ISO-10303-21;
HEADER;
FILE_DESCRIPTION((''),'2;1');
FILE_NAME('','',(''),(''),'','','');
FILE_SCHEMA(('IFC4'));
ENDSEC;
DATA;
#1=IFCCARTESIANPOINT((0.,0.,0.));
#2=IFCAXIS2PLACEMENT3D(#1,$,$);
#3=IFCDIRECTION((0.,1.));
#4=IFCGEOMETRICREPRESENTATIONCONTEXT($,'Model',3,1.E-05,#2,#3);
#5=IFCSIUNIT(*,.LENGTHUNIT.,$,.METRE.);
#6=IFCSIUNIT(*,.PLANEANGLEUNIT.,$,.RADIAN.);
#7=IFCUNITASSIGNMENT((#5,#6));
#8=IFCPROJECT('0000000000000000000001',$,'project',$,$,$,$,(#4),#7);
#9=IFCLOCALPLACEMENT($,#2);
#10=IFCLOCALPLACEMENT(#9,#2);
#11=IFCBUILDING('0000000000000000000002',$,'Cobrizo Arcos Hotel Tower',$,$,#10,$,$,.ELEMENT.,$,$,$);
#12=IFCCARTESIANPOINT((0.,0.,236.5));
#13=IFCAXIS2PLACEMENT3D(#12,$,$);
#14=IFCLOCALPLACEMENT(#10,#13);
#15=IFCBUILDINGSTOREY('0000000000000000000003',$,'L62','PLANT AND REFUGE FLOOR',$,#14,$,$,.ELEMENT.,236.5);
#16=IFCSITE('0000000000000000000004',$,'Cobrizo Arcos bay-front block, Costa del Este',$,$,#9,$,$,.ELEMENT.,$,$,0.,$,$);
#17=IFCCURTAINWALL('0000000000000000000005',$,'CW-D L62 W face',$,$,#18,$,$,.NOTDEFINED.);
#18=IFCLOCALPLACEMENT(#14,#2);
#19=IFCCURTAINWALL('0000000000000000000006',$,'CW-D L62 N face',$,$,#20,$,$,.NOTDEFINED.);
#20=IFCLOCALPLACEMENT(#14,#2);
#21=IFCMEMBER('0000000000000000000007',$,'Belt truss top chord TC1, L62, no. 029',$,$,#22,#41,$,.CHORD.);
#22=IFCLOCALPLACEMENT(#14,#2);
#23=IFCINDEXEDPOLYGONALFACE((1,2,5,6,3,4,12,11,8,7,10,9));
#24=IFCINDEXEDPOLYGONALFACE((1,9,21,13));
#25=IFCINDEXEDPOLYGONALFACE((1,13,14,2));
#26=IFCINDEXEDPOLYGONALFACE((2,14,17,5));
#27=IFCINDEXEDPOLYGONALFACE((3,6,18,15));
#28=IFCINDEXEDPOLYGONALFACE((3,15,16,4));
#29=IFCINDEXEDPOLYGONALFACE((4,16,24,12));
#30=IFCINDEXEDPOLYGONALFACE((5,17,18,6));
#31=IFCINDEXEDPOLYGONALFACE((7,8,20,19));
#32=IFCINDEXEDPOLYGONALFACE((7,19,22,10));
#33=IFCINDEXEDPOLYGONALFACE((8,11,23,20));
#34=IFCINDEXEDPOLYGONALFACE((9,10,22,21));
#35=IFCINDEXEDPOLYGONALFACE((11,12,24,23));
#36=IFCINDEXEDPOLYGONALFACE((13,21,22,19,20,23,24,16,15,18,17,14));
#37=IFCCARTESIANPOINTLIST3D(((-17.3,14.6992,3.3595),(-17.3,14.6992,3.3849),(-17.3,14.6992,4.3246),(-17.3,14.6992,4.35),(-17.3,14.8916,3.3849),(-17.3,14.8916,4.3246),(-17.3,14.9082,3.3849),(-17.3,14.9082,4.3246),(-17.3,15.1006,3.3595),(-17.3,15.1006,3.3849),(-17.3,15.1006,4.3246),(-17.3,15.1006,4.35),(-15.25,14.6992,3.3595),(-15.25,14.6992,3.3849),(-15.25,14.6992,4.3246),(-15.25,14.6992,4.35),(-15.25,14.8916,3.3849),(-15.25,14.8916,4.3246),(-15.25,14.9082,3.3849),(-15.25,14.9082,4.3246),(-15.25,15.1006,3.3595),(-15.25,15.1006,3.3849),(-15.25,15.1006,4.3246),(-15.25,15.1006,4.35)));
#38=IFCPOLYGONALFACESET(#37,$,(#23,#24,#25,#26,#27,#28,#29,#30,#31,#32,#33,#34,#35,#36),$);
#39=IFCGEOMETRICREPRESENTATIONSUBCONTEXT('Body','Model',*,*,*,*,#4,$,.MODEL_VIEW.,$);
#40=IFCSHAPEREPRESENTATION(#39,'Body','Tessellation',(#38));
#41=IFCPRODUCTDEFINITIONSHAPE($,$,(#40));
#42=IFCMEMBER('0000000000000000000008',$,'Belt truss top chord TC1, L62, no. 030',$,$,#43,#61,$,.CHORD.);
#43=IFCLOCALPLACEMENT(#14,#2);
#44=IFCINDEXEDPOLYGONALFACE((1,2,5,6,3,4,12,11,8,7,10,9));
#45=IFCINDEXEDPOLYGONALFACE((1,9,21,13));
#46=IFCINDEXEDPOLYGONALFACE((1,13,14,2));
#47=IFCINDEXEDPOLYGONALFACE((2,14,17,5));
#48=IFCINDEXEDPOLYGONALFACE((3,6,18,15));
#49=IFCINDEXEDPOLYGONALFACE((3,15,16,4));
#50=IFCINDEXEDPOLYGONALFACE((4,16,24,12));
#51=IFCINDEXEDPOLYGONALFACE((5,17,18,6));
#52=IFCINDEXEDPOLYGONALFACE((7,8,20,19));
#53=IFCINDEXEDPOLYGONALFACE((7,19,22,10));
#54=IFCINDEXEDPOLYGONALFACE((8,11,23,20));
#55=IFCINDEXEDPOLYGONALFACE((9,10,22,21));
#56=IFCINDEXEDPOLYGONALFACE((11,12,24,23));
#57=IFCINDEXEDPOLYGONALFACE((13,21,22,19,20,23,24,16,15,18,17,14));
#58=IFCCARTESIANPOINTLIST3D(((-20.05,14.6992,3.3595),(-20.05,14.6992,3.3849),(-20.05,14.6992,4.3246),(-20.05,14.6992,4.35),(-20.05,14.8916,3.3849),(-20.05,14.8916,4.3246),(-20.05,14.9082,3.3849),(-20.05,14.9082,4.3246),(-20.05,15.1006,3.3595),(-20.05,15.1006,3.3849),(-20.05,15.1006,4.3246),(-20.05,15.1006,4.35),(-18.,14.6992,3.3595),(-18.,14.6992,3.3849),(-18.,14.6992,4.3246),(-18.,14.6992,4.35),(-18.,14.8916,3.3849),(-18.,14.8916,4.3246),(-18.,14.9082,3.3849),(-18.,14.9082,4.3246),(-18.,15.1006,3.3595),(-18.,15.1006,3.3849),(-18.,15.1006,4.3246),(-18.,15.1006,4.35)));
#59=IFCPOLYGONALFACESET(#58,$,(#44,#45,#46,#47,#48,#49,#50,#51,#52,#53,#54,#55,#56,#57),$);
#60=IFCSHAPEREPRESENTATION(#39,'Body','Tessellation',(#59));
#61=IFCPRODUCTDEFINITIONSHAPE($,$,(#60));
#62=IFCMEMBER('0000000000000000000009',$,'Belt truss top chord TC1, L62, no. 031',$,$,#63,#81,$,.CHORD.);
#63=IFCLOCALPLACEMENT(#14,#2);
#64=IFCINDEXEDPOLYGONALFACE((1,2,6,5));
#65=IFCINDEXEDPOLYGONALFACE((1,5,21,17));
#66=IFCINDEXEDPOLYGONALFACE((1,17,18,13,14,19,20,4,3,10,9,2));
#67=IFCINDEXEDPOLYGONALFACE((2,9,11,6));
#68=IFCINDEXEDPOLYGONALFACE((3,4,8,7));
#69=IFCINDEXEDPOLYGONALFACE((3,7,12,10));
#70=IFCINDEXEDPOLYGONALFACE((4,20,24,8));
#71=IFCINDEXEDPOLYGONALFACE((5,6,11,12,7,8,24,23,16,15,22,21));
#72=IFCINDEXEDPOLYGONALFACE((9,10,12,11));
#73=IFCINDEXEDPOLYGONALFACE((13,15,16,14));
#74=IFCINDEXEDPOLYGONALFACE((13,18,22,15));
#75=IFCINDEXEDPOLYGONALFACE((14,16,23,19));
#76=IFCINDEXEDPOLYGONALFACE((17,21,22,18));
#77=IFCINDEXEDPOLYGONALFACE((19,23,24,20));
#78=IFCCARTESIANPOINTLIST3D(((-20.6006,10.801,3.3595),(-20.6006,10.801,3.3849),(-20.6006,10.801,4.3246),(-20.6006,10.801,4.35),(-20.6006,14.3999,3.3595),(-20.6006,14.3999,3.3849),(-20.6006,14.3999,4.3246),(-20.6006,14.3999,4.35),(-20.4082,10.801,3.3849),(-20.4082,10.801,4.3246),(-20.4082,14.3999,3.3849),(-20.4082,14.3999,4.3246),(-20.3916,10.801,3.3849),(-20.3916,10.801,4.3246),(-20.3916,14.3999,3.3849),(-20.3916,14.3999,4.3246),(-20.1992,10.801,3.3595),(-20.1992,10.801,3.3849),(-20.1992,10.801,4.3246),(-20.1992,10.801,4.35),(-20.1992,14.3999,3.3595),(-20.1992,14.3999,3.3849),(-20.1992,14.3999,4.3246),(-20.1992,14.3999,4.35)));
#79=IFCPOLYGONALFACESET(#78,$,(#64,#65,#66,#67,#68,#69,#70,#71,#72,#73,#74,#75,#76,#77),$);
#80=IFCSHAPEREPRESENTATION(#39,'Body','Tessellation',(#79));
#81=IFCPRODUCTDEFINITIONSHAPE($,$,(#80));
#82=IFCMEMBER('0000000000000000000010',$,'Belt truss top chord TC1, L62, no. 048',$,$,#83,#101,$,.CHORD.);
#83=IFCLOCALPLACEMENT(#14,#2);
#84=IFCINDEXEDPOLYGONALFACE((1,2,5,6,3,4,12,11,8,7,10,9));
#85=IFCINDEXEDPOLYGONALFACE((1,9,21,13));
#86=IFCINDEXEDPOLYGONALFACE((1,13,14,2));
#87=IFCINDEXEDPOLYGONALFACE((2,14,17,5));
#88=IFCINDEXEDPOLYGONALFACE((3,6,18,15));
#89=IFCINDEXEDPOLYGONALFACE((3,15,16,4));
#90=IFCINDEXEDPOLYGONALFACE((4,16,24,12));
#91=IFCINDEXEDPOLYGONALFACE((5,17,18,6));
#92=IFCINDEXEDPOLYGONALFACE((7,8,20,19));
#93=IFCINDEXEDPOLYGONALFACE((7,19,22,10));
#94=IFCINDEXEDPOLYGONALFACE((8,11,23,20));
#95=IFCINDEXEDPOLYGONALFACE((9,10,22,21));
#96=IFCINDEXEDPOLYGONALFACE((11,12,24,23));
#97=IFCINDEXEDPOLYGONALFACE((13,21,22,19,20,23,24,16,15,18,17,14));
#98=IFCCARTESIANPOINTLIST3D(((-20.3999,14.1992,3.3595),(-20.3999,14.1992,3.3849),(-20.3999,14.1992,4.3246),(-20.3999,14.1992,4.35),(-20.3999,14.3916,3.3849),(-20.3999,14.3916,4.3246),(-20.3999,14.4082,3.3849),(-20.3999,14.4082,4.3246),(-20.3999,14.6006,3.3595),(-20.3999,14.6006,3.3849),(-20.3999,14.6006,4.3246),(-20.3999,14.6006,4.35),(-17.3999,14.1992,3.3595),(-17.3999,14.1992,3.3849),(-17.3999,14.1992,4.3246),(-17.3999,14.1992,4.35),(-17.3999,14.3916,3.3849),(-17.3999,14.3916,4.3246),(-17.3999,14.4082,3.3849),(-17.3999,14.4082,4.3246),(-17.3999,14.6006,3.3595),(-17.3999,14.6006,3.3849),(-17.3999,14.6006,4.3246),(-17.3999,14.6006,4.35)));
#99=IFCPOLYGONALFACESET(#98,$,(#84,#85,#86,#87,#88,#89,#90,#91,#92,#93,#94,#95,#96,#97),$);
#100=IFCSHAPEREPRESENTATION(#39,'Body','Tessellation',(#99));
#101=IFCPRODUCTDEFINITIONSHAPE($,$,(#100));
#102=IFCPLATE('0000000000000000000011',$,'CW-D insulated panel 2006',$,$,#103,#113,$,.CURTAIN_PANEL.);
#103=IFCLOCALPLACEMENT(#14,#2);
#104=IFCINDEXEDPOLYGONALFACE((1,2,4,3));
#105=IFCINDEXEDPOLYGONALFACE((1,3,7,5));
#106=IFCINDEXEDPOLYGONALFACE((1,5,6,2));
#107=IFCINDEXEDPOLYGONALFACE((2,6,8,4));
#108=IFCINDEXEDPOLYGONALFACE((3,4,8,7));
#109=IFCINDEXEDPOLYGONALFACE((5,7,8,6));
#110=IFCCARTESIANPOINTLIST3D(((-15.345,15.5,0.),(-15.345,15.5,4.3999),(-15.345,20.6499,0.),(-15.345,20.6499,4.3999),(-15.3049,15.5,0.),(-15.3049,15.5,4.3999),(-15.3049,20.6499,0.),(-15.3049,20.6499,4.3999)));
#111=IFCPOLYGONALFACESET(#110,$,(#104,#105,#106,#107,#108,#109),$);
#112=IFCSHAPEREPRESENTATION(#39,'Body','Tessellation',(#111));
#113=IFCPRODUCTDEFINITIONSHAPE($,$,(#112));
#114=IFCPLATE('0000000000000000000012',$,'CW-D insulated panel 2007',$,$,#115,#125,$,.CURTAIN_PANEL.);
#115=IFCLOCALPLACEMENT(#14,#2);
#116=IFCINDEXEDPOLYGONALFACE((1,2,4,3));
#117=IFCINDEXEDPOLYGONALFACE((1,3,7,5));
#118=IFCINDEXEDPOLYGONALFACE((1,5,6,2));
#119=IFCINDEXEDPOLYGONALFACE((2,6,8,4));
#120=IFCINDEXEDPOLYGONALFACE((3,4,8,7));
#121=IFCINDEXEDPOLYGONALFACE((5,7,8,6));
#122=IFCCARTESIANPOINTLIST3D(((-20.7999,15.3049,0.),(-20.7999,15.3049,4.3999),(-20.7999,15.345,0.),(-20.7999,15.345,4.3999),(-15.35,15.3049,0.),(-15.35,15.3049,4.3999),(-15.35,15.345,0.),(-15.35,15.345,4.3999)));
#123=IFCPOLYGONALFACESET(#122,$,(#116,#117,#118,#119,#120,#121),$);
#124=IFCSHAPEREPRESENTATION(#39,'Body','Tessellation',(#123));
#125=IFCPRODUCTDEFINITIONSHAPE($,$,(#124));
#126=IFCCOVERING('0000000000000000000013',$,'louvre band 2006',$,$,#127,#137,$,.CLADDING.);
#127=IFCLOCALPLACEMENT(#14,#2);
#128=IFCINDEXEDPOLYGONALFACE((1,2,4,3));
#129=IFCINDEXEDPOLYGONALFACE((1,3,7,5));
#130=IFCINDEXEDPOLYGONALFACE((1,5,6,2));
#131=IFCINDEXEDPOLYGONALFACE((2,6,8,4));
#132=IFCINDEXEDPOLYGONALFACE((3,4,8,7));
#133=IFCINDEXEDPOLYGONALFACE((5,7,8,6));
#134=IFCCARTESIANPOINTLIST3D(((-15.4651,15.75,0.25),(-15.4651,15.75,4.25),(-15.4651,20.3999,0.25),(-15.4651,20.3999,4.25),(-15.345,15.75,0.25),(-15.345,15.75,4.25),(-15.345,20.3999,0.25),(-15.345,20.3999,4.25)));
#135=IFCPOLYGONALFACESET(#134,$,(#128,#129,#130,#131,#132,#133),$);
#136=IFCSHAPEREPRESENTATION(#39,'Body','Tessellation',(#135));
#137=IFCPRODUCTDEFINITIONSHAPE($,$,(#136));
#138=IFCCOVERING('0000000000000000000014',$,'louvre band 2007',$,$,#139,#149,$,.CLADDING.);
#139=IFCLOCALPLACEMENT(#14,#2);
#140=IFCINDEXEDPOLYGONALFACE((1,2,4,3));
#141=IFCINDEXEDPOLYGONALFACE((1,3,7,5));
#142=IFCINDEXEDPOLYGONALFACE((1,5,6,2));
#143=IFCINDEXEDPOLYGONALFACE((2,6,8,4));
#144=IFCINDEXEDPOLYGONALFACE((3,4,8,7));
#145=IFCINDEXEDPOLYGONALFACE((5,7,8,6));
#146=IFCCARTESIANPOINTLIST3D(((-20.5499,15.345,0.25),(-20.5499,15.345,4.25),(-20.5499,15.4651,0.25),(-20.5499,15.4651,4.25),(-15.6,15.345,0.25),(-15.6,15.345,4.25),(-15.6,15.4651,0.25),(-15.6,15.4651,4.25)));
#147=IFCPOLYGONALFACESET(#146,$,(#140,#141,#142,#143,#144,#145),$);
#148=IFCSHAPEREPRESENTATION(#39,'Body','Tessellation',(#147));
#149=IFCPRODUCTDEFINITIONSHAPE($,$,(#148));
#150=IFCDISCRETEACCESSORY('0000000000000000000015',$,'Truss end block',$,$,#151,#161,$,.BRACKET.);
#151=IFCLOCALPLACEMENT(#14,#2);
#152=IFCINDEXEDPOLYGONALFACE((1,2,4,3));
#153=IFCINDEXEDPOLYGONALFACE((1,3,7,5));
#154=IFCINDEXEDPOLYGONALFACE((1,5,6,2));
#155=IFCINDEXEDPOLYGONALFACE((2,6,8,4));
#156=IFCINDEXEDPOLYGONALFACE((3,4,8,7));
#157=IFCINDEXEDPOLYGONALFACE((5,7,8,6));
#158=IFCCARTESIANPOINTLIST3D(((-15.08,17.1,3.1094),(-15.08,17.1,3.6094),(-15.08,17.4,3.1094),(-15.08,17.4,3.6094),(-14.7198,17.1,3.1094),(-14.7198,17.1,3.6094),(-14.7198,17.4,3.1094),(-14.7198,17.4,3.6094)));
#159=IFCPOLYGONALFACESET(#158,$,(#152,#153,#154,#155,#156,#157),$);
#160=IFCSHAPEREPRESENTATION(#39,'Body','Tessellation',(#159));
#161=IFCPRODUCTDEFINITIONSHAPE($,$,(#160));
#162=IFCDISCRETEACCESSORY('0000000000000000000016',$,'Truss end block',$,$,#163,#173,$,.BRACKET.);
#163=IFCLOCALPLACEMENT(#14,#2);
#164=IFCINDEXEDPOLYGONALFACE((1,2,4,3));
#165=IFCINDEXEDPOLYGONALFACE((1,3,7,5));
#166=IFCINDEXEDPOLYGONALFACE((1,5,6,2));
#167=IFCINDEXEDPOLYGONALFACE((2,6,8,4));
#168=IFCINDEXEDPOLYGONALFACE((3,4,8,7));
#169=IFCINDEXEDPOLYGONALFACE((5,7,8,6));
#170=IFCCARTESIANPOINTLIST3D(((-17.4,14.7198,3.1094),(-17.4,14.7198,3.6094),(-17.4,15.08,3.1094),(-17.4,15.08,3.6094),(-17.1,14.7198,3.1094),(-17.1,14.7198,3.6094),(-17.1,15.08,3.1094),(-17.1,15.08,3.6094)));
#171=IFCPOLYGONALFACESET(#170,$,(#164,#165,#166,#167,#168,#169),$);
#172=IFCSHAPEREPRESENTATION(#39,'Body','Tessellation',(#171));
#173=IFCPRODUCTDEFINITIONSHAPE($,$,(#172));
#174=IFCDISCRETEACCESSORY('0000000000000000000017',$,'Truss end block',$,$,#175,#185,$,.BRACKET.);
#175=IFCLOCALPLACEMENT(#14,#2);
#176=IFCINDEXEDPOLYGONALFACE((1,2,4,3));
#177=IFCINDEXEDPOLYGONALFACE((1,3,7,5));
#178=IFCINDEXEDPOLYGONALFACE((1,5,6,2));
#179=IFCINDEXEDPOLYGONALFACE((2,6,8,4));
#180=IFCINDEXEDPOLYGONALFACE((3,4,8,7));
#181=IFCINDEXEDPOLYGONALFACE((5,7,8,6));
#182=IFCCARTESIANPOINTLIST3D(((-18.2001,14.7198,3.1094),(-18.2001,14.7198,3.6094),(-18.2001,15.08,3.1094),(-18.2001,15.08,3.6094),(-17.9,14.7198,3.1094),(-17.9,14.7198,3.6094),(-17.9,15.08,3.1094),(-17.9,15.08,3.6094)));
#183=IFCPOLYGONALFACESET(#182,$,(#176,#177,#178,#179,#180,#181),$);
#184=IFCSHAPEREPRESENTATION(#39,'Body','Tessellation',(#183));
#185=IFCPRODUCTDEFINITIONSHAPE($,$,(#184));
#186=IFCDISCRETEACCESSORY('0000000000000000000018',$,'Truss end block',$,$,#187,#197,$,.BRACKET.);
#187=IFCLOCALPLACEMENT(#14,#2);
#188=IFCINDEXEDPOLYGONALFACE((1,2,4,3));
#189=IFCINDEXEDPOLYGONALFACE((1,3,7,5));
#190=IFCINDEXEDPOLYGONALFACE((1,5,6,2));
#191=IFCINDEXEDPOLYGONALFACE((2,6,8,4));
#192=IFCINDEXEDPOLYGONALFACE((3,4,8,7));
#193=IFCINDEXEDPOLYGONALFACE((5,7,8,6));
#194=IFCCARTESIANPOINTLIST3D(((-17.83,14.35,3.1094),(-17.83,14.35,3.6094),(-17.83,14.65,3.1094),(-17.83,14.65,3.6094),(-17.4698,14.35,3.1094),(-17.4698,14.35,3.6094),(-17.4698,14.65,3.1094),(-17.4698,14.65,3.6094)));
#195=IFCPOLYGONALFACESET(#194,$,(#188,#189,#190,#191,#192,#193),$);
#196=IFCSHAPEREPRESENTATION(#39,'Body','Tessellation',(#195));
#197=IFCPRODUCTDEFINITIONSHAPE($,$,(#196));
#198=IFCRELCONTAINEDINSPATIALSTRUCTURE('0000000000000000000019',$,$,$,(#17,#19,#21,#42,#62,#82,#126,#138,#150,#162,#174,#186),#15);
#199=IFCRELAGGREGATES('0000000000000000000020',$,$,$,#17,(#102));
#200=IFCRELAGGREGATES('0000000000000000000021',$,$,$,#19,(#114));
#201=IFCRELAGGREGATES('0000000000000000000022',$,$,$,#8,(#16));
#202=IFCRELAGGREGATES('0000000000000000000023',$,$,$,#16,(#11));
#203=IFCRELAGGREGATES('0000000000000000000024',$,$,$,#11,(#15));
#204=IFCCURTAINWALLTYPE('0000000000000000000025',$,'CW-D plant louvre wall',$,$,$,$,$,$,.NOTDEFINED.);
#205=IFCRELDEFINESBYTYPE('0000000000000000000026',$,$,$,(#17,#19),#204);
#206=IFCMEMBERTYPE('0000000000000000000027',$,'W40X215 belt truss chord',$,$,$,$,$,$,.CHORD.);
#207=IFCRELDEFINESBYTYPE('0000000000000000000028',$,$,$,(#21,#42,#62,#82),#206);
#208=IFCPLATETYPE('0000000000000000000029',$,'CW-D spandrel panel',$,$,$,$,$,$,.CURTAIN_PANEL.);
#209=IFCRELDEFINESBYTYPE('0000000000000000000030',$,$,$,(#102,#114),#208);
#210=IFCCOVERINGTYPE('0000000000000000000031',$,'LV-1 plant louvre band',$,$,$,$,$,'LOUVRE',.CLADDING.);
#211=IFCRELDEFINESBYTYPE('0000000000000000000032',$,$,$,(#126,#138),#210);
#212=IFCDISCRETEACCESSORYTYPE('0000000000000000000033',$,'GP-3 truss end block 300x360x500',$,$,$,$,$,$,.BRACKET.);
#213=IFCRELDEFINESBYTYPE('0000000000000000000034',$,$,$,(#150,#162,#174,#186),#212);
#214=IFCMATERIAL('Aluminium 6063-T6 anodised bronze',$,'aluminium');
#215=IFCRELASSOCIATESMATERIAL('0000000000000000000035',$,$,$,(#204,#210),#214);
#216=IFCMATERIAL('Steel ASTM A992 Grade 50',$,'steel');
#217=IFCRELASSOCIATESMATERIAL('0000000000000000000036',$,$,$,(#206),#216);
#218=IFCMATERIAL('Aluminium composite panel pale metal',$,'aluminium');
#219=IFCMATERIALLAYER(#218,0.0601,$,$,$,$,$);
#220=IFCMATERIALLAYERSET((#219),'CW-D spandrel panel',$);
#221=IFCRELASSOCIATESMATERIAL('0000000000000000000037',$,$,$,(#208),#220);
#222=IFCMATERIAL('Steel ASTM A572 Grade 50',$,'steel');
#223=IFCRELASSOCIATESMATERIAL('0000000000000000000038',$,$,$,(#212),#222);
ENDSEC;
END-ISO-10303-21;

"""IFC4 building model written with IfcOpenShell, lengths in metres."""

from ifc_helpers import new_model, si_unit, direction, frame, origin, origin_2d, place, context, subcontext, project, spatial, rectangle, i_section, extrude, material, layer, layer_set, material_profile, profile_set, type_object, element, aggregate, save


model = new_model("IFC4")

# Units and contexts
model_context = context("Model", 3, precision=1e-05, world=origin(), true_north=direction((0.0, 1.0)))
body_context = subcontext(model_context, "Body", "Model", "MODEL_VIEW")
ifc_project = project(units=[si_unit("LENGTHUNIT", "METRE"), si_unit("PLANEANGLEUNIT", "RADIAN")], contexts=[model_context])

# Site, building, storey
site_placement = place(None, origin())
site = spatial("IfcSite", under=ifc_project, at=site_placement, Name="Cobrizo Arcos bay-front block, Costa del Este", CompositionType="ELEMENT", RefElevation=0.0)
building_placement = place(site_placement, origin())
building = spatial("IfcBuilding", under=site, at=building_placement, Name="Cobrizo Arcos Hotel Tower", CompositionType="ELEMENT")
storey_placement = place(building_placement, frame((0.0, 0.0, 236.5)))
storey = spatial("IfcBuildingStorey", under=building, at=storey_placement, Name="L62", Description="PLANT AND REFUGE FLOOR", CompositionType="ELEMENT", Elevation=236.5)

# Shared definitions
ifc_material_1 = material(Name="Aluminium 6063-T6 anodised bronze", Category="aluminium")
curtain_wall_type = type_object("IfcCurtainWallType", Name="CW-D plant louvre wall", PredefinedType="NOTDEFINED", material=ifc_material_1)

# Curtain walls
curtain_wall_1_placement = place(storey_placement, origin())
curtain_wall_1 = element("IfcCurtainWall", 1, at=curtain_wall_1_placement, inside=storey, type_object=curtain_wall_type, Name="CW-D L62 W face", PredefinedType="NOTDEFINED")
curtain_wall_2_placement = place(storey_placement, origin())
curtain_wall_2 = element("IfcCurtainWall", 2, at=curtain_wall_2_placement, inside=storey, type_object=curtain_wall_type, Name="CW-D L62 N face", PredefinedType="NOTDEFINED")

# Members
ifc_material_2 = material(Name="Steel ASTM A992 Grade 50", Category="steel")
ifc_material_profile_1 = material_profile(ifc_material_2, i_section(OverallWidth=0.4014, OverallDepth=0.9905, WebThickness=0.0166, FlangeThickness=0.0254, at=origin_2d()), Name="W40X215")
ifc_profile_set_1 = profile_set([ifc_material_profile_1], Name="Steel ASTM A992 Grade 50")
member_type_1 = type_object("IfcMemberType", Name="W40X215 belt truss chord", PredefinedType="CHORD", material=ifc_profile_set_1)
for number, where, z_axis, x_axis, name in (
    (3, (-15.25, 14.8999, 3.8547), (-1.0, 0.0, 0.0), (0.0, -1.0, 0.0), "Belt truss top chord TC1, L62, no. 029"),
    (4, (-18.0, 14.8999, 3.8547), (-1.0, 0.0, 0.0), (0.0, -1.0, 0.0), "Belt truss top chord TC1, L62, no. 030"),
):
    element("IfcMember", number, at=place(storey_placement, frame(where, z_axis=z_axis, x_axis=x_axis)), inside=storey, type_object=member_type_1, Name=name, PredefinedType="CHORD", context=body_context, shape_type="SweptSolid", body=[
        extrude(i_section(OverallWidth=0.4014, OverallDepth=0.9905, WebThickness=0.0166, FlangeThickness=0.0254, at=origin_2d()), origin(), (0.0, 0.0, 1.0), 2.05),
    ])
member_1_placement = place(storey_placement, frame((-20.3999, 14.3999, 3.8547), z_axis=(0.0, -1.0, 0.0), x_axis=(1.0, 0.0, 0.0)))
element("IfcMember", 5, at=member_1_placement, inside=storey, type_object=member_type_1, Name="Belt truss top chord TC1, L62, no. 031", PredefinedType="CHORD", context=body_context, shape_type="SweptSolid", body=[
    extrude(i_section(OverallWidth=0.4014, OverallDepth=0.9905, WebThickness=0.0166, FlangeThickness=0.0254, at=origin_2d()), origin(), (0.0, 0.0, 1.0), 3.5989),
])
member_2_placement = place(storey_placement, frame((-17.3999, 14.3999, 3.8547), z_axis=(-1.0, 0.0, 0.0), x_axis=(0.0, -1.0, 0.0)))
element("IfcMember", 6, at=member_2_placement, inside=storey, type_object=member_type_1, Name="Belt truss top chord TC1, L62, no. 048", PredefinedType="CHORD", context=body_context, shape_type="SweptSolid", body=[
    extrude(i_section(OverallWidth=0.4014, OverallDepth=0.9905, WebThickness=0.0166, FlangeThickness=0.0254, at=origin_2d()), origin(), (0.0, 0.0, 1.0), 3.0),
])

# Plates
ifc_material_3 = material(Name="Aluminium composite panel pale metal", Category="aluminium")
ifc_layer = layer(ifc_material_3, 0.0601)
ifc_layer_set = layer_set([ifc_layer], Name="CW-D spandrel panel")
plate_type = type_object("IfcPlateType", Name="CW-D spandrel panel", PredefinedType="CURTAIN_PANEL", material=ifc_layer_set)
plate_1_placement = place(storey_placement, frame((-15.325, 18.075, 0.0), z_axis=(0.0, 0.0, 1.0), x_axis=(0.0, -1.0, 0.0)))
plate_1 = element("IfcPlate", 7, at=plate_1_placement, type_object=plate_type, Name="CW-D insulated panel 2006", PredefinedType="CURTAIN_PANEL", context=body_context, shape_type="SweptSolid", body=[
    extrude(rectangle(XDim=5.1499, YDim=0.04, at=origin_2d()), origin(), (0.0, 0.0, 1.0), 4.3999),
])
aggregate(curtain_wall_1, [plate_1])
plate_2_placement = place(storey_placement, frame((-18.075, 15.325, 0.0), z_axis=(0.0, 0.0, 1.0), x_axis=(-1.0, 0.0, 0.0)))
plate_2 = element("IfcPlate", 8, at=plate_2_placement, type_object=plate_type, Name="CW-D insulated panel 2007", PredefinedType="CURTAIN_PANEL", context=body_context, shape_type="SweptSolid", body=[
    extrude(rectangle(XDim=5.45, YDim=0.04, at=origin_2d()), origin(), (0.0, 0.0, 1.0), 4.3999),
])
aggregate(curtain_wall_2, [plate_2])

# Coverings
covering_type = type_object("IfcCoveringType", Name="LV-1 plant louvre band", ElementType="LOUVRE", PredefinedType="CLADDING", material=ifc_material_1)
covering_1_placement = place(storey_placement, frame((-15.405, 18.075, 0.25), z_axis=(0.0, 0.0, 1.0), x_axis=(0.0, -1.0, 0.0)))
element("IfcCovering", 9, at=covering_1_placement, inside=storey, type_object=covering_type, Name="louvre band 2006", PredefinedType="CLADDING", context=body_context, shape_type="SweptSolid", body=[
    extrude(rectangle(XDim=4.6499, YDim=0.1201, at=origin_2d()), origin(), (0.0, 0.0, 1.0), 4.0),
])
covering_2_placement = place(storey_placement, frame((-18.075, 15.405, 0.25), z_axis=(0.0, 0.0, 1.0), x_axis=(-1.0, 0.0, 0.0)))
element("IfcCovering", 10, at=covering_2_placement, inside=storey, type_object=covering_type, Name="louvre band 2007", PredefinedType="CLADDING", context=body_context, shape_type="SweptSolid", body=[
    extrude(rectangle(XDim=4.95, YDim=0.1201, at=origin_2d()), origin(), (0.0, 0.0, 1.0), 4.0),
])

# Discrete accessories
ifc_material_4 = material(Name="Steel ASTM A572 Grade 50", Category="steel")
discrete_accessory_type_1 = type_object("IfcDiscreteAccessoryType", Name="GP-3 truss end block 300x360x500", PredefinedType="BRACKET", material=ifc_material_4)
for number, where, z_axis, x_axis, name in (
    (11, (-14.8999, 17.25, 3.1094), (0.0, 0.0, 1.0), (0.0, -1.0, 0.0), "Truss end block"),
    (12, (-17.25, 14.8999, 3.1094), (0.0, 0.0, 1.0), (1.0, 0.0, 0.0), "Truss end block"),
    (13, (-18.05, 14.8999, 3.1094), (0.0, 0.0, 1.0), (-1.0, 0.0, 0.0), "Truss end block"),
    (14, (-17.6499, 14.5, 3.1094), (0.0, 0.0, 1.0), (0.0, -1.0, 0.0), "Truss end block"),
):
    element("IfcDiscreteAccessory", number, at=place(storey_placement, frame(where, z_axis=z_axis, x_axis=x_axis)), inside=storey, type_object=discrete_accessory_type_1, Name=name, PredefinedType="BRACKET", context=body_context, shape_type="SweptSolid", body=[
        extrude(rectangle(XDim=0.3, YDim=0.3601, at=origin_2d()), origin(), (0.0, 0.0, 1.0), 0.5),
    ])

save(model, "model.ifc")
